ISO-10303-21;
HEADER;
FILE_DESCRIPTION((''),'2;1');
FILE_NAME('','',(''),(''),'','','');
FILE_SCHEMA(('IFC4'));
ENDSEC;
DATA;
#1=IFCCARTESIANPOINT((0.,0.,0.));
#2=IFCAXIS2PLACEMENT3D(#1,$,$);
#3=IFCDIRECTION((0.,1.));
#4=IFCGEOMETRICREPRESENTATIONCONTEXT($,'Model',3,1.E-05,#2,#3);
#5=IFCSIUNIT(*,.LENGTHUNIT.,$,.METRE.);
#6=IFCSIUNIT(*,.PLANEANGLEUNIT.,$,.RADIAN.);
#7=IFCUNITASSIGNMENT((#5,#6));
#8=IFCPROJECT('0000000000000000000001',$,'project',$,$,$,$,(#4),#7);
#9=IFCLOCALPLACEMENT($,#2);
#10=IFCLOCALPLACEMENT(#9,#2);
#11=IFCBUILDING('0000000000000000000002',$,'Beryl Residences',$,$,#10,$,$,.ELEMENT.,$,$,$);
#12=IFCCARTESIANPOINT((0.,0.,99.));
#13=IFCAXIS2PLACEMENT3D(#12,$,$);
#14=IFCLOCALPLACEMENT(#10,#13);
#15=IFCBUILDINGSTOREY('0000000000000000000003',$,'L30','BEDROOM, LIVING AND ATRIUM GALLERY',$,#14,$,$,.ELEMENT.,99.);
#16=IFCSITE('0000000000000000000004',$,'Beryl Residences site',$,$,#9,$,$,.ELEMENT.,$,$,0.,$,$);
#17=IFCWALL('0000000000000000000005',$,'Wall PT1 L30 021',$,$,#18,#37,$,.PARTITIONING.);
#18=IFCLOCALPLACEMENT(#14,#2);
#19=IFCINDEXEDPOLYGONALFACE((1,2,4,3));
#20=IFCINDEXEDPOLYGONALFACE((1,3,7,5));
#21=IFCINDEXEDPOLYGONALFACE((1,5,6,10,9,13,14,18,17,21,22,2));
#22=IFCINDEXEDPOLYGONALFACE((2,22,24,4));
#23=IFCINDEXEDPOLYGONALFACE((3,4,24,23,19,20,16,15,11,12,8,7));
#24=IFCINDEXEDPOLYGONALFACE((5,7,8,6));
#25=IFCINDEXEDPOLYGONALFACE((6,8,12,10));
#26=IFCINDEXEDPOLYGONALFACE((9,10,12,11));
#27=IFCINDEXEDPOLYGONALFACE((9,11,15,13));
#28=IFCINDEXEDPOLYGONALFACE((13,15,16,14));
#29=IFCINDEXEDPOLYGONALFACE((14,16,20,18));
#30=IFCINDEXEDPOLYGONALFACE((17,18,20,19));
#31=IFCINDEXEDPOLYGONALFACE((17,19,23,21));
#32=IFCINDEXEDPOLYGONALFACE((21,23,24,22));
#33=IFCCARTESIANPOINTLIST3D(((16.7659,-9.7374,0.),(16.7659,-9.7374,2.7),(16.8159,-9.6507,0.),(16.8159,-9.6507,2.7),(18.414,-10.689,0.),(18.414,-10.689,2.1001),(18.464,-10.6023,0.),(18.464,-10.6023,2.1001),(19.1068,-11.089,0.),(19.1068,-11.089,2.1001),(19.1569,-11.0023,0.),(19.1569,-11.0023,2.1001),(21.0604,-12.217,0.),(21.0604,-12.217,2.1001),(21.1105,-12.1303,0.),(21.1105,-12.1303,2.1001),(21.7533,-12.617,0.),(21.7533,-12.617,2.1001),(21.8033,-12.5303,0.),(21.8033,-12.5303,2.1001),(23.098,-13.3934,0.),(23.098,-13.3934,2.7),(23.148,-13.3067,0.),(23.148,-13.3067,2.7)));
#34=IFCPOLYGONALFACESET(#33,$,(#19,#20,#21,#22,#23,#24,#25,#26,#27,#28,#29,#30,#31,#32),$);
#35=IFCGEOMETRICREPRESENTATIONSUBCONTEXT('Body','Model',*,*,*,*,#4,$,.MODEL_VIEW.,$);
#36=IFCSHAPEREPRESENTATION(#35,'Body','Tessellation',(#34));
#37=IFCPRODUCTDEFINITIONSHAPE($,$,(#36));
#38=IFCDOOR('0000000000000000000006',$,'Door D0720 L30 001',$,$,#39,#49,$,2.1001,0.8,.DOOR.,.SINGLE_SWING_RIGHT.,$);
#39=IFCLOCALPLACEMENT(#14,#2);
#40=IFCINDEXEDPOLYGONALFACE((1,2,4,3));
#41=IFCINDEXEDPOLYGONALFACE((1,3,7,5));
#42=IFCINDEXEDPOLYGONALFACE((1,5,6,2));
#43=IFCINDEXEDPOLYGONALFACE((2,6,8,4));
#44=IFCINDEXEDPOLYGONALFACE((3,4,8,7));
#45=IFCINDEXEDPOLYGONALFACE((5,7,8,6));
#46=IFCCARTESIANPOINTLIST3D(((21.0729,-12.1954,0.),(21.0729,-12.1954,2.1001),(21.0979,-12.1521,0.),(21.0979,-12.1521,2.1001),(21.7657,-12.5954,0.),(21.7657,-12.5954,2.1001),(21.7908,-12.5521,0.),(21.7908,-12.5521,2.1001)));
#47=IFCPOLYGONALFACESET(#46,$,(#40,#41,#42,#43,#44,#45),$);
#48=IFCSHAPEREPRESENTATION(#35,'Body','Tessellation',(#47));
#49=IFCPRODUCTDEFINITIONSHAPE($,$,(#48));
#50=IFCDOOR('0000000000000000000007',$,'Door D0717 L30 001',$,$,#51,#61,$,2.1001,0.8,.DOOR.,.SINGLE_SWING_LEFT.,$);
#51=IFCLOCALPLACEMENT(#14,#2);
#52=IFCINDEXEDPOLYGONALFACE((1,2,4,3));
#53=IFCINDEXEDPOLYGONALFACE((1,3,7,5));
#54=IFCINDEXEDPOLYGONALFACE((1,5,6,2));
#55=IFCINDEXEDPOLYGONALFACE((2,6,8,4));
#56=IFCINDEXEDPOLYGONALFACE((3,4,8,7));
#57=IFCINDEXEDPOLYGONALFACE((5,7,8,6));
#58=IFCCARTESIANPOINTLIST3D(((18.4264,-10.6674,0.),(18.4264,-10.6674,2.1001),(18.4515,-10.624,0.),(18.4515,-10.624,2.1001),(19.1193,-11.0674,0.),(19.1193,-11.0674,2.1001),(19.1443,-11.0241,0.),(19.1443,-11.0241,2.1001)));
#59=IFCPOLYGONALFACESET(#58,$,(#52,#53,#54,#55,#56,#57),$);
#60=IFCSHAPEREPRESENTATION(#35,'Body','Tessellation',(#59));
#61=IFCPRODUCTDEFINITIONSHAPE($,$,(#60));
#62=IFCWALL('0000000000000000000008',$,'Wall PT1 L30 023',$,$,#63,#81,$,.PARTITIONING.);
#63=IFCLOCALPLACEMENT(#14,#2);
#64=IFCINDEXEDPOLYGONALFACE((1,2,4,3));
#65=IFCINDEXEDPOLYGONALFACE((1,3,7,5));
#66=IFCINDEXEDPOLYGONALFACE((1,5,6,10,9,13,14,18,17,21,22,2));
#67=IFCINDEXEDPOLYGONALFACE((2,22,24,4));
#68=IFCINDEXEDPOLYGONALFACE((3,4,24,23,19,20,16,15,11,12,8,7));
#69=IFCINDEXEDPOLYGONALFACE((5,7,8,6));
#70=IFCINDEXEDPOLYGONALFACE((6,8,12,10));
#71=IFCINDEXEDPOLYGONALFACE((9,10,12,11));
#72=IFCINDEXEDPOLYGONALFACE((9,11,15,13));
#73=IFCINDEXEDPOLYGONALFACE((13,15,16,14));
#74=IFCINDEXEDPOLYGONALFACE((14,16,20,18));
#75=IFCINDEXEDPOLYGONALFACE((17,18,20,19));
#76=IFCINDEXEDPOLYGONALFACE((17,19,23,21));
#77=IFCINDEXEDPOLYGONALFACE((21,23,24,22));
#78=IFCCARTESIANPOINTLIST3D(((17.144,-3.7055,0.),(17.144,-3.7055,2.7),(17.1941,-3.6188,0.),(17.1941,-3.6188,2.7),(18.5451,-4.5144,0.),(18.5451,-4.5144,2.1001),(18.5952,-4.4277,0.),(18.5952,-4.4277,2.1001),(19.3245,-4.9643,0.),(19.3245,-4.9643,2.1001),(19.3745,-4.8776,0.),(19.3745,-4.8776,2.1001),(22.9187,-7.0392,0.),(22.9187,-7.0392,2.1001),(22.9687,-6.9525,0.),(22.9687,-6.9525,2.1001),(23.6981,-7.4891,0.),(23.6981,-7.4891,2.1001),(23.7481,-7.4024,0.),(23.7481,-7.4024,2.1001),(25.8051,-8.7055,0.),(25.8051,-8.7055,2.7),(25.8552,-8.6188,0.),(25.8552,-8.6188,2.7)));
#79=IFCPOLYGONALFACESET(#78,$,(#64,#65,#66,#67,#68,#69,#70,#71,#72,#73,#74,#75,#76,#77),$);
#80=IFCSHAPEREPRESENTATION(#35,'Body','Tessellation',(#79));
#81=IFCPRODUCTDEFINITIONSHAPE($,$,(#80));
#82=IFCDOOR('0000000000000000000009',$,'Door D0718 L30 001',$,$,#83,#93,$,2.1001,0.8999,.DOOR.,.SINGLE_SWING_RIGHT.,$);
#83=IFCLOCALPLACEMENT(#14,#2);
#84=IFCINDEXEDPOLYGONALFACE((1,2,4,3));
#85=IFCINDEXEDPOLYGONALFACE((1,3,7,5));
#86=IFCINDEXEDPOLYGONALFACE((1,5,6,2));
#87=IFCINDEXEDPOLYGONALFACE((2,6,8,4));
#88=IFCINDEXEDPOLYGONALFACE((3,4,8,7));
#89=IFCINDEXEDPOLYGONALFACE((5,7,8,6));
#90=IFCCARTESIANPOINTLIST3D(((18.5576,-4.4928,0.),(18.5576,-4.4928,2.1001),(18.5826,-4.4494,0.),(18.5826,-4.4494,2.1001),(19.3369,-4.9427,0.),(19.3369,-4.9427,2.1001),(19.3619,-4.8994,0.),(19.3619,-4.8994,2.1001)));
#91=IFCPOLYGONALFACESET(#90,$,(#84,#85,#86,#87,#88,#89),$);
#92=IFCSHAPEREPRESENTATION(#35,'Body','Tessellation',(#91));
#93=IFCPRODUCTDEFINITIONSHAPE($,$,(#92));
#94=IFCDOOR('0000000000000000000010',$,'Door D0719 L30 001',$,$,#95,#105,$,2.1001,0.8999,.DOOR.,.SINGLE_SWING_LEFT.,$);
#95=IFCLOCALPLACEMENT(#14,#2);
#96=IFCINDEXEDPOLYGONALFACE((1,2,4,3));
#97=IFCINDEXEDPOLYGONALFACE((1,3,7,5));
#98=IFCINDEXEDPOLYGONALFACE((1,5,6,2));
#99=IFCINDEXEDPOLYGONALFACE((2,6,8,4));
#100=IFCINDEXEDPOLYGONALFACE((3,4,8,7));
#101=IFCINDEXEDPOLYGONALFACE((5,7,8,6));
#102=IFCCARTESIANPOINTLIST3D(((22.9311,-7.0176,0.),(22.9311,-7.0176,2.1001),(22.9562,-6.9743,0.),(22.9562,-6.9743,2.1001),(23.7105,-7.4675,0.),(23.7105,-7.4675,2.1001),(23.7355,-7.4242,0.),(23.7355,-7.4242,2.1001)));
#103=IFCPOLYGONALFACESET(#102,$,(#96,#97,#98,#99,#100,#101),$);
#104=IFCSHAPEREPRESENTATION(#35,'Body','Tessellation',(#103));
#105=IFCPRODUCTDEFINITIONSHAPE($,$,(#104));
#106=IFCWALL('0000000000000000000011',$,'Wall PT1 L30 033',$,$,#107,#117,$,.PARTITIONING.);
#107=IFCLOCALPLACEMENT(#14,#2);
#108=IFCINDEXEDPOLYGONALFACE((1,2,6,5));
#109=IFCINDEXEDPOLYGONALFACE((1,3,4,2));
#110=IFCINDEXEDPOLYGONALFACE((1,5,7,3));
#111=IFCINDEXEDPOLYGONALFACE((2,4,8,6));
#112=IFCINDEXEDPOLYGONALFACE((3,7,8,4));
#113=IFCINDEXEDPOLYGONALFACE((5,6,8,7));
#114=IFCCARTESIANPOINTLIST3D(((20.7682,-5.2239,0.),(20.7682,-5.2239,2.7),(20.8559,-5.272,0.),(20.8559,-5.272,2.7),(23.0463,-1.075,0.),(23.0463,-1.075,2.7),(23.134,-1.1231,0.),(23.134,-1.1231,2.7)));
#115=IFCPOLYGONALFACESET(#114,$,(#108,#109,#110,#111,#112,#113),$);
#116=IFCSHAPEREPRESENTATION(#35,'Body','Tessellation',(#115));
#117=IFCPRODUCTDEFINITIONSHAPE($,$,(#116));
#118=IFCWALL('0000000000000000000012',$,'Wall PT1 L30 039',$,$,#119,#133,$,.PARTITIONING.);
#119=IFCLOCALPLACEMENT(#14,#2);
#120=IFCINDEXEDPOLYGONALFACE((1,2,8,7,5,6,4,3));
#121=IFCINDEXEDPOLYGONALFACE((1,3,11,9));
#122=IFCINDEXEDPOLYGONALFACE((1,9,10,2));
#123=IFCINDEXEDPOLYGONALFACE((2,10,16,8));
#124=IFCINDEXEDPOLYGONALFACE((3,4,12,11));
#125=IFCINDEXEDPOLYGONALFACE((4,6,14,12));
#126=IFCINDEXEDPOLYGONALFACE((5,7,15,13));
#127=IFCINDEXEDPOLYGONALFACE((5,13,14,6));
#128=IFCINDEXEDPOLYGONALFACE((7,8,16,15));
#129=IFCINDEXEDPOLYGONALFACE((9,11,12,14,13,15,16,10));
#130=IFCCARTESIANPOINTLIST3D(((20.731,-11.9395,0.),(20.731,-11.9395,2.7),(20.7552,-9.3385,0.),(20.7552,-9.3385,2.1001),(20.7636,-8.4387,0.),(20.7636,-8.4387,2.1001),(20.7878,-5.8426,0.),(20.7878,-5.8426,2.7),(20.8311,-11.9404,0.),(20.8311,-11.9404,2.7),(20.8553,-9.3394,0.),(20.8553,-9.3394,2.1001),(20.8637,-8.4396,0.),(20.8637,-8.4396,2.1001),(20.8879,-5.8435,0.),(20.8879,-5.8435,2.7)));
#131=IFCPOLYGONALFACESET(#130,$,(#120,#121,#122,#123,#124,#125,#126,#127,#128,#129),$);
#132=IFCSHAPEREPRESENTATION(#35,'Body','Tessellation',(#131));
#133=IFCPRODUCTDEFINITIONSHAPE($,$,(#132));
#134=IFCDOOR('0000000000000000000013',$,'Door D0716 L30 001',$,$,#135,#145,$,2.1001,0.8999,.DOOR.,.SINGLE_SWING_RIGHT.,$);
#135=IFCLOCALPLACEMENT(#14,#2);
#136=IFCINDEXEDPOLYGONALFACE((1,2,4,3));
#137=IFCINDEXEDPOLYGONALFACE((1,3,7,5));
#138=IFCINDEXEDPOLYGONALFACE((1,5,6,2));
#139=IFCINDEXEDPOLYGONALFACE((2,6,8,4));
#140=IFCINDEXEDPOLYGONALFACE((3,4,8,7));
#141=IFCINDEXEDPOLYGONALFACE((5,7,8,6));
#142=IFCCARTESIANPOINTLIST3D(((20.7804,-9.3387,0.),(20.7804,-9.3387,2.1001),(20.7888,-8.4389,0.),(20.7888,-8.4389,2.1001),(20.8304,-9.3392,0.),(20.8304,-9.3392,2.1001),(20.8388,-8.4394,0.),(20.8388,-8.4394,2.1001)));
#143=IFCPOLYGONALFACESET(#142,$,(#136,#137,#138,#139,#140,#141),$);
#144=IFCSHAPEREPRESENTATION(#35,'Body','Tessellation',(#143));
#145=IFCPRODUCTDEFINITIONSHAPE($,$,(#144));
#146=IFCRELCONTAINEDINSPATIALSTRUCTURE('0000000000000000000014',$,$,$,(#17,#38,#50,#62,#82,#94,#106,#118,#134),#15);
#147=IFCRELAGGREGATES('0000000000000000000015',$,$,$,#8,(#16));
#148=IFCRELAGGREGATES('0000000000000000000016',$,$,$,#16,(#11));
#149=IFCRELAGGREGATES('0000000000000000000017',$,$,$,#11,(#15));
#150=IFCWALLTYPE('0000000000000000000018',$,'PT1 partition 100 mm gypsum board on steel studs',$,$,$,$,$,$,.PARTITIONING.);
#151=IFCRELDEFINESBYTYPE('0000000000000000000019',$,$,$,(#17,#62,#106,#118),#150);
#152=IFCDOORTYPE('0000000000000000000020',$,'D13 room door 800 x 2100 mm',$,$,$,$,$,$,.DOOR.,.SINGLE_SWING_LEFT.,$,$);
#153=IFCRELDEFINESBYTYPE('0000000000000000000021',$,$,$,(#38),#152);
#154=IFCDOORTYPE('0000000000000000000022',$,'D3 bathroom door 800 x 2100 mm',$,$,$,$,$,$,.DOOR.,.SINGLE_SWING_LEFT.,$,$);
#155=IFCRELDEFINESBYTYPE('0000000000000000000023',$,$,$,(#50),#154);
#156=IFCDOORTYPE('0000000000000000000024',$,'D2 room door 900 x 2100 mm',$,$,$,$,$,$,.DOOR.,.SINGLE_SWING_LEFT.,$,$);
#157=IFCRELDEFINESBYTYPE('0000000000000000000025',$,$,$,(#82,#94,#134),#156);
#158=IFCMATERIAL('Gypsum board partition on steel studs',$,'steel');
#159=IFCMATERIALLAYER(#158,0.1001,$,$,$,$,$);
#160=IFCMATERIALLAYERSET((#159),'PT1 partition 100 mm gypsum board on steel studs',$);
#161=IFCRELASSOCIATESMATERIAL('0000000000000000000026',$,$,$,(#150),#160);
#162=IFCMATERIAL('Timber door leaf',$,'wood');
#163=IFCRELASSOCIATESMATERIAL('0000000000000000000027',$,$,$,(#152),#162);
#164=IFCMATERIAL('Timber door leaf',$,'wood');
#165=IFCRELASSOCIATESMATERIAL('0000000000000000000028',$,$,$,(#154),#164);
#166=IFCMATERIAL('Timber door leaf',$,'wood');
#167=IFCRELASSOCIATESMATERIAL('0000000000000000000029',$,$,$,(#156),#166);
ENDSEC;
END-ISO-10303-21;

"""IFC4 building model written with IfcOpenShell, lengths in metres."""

from ifc_helpers import new_model, si_unit, direction, frame, frame_2d, origin, place, context, subcontext, project, spatial, rectangle, extrude, material, layer, layer_set, type_object, element, fill, save


model = new_model("IFC4")

# Units and contexts
model_context = context("Model", 3, precision=1e-05, world=origin(), true_north=direction((0.0, 1.0)))
body_context = subcontext(model_context, "Body", "Model", "MODEL_VIEW")
ifc_project = project(units=[si_unit("LENGTHUNIT", "METRE"), si_unit("PLANEANGLEUNIT", "RADIAN")], contexts=[model_context])

# Site, building, storey
site_placement = place(None, origin())
site = spatial("IfcSite", under=ifc_project, at=site_placement, Name="Beryl Residences site", CompositionType="ELEMENT", RefElevation=0.0)
building_placement = place(site_placement, origin())
building = spatial("IfcBuilding", under=site, at=building_placement, Name="Beryl Residences", CompositionType="ELEMENT")
storey_placement = place(building_placement, frame((0.0, 0.0, 99.0)))
storey = spatial("IfcBuildingStorey", under=building, at=storey_placement, Name="L30", Description="BEDROOM, LIVING AND ATRIUM GALLERY", CompositionType="ELEMENT", Elevation=99.0)

# Shared definitions
ifc_material_1 = material(Name="Gypsum board partition on steel studs", Category="steel")
ifc_layer_1 = layer(ifc_material_1, 0.1001)
ifc_layer_set_1 = layer_set([ifc_layer_1], Name="PT1 partition 100 mm gypsum board on steel studs")
wall_type_1 = type_object("IfcWallType", Name="PT1 partition 100 mm gypsum board on steel studs", PredefinedType="PARTITIONING", material=ifc_layer_set_1)

# Walls, openings, doors
wall_1_placement = place(storey_placement, frame((16.791, -9.6941, 0.0), z_axis=(0.0, 0.0, 1.0), x_axis=(0.866013, -0.500021, 0.0)))
wall_1 = element("IfcWall", 1, at=wall_1_placement, inside=storey, type_object=wall_type_1, Name="Wall PT1 L30 021", PredefinedType="PARTITIONING", context=body_context, shape_type="SweptSolid", body=[
    extrude(rectangle(XDim=7.3118, YDim=0.1001, at=frame_2d((3.6558, 0.0))), origin(), (0.0, 0.0, 1.0), 2.7),
])
opening_1_placement = place(wall_1_placement, frame((1.9031, 0.0, 0.0)))
opening_1 = element("IfcOpeningElement", 2, at=opening_1_placement, cuts=wall_1, PredefinedType="OPENING", context=body_context, shape_type="SweptSolid", body=[
    extrude(rectangle(XDim=0.8, YDim=2.1001, at=frame_2d((0.3999, 1.05))), frame((0.0, 0.0601, 0.0), z_axis=(0.0, -1.0, 0.0), x_axis=(1.0, 0.0, 0.0)), (0.0, 0.0, 1.0), 0.1201),
])
opening_2_placement = place(wall_1_placement, frame((4.959, 0.0, 0.0)))
opening_2 = element("IfcOpeningElement", 3, at=opening_2_placement, cuts=wall_1, PredefinedType="OPENING", context=body_context, shape_type="SweptSolid", body=[
    extrude(rectangle(XDim=0.8, YDim=2.1001, at=frame_2d((0.3999, 1.05))), frame((0.0, 0.0601, 0.0), z_axis=(0.0, -1.0, 0.0), x_axis=(1.0, 0.0, 0.0)), (0.0, 0.0, 1.0), 0.1201),
])
ifc_material_2 = material(Name="Timber door leaf", Category="wood")
door_type_1 = type_object("IfcDoorType", Name="D13 room door 800 x 2100 mm", OperationType="SINGLE_SWING_LEFT", PredefinedType="DOOR", material=ifc_material_2)
door_1_placement = place(opening_2_placement, origin())
door_1 = element("IfcDoor", 4, at=door_1_placement, inside=storey, type_object=door_type_1, Name="Door D0720 L30 001", OperationType="SINGLE_SWING_RIGHT", OverallHeight=2.1001, OverallWidth=0.8, PredefinedType="DOOR", context=body_context, shape_type="SweptSolid", body=[
    extrude(rectangle(XDim=0.8, YDim=2.1001, at=frame_2d((0.3999, 1.05))), frame((0.0, 0.0249, 0.0), z_axis=(0.0, -1.0, 0.0), x_axis=(1.0, 0.0, 0.0)), (0.0, 0.0, 1.0), 0.05),
])
fill(opening_2, door_1)
ifc_material_3 = material(Name="Timber door leaf", Category="wood")
door_type_2 = type_object("IfcDoorType", Name="D3 bathroom door 800 x 2100 mm", OperationType="SINGLE_SWING_LEFT", PredefinedType="DOOR", material=ifc_material_3)
door_2_placement = place(opening_1_placement, origin())
door_2 = element("IfcDoor", 5, at=door_2_placement, inside=storey, type_object=door_type_2, Name="Door D0717 L30 001", OperationType="SINGLE_SWING_LEFT", OverallHeight=2.1001, OverallWidth=0.8, PredefinedType="DOOR", context=body_context, shape_type="SweptSolid", body=[
    extrude(rectangle(XDim=0.8, YDim=2.1001, at=frame_2d((0.3999, 1.05))), frame((0.0, 0.0249, 0.0), z_axis=(0.0, -1.0, 0.0), x_axis=(1.0, 0.0, 0.0)), (0.0, 0.0, 1.0), 0.05),
])
fill(opening_1, door_2)
wall_2_placement = place(storey_placement, frame((17.1689, -3.6621, 0.0), z_axis=(0.0, 0.0, 1.0), x_axis=(0.866047, -0.499962, 0.0)))
wall_2 = element("IfcWall", 6, at=wall_2_placement, inside=storey, type_object=wall_type_1, Name="Wall PT1 L30 023", PredefinedType="PARTITIONING", context=body_context, shape_type="SweptSolid", body=[
    extrude(rectangle(XDim=10.0007, YDim=0.1001, at=frame_2d((5.0005, 0.0))), origin(), (0.0, 0.0, 1.0), 2.7),
])
opening_3_placement = place(wall_2_placement, frame((1.6179, 0.0, 0.0)))
opening_3 = element("IfcOpeningElement", 7, at=opening_3_placement, cuts=wall_2, PredefinedType="OPENING", context=body_context, shape_type="SweptSolid", body=[
    extrude(rectangle(XDim=0.8999, YDim=2.1001, at=frame_2d((0.45, 1.05))), frame((0.0, 0.0601, 0.0), z_axis=(0.0, -1.0, 0.0), x_axis=(1.0, 0.0, 0.0)), (0.0, 0.0, 1.0), 0.1201),
])
opening_4_placement = place(wall_2_placement, frame((6.668, 0.0, 0.0)))
opening_4 = element("IfcOpeningElement", 8, at=opening_4_placement, cuts=wall_2, PredefinedType="OPENING", context=body_context, shape_type="SweptSolid", body=[
    extrude(rectangle(XDim=0.8999, YDim=2.1001, at=frame_2d((0.45, 1.05))), frame((0.0, 0.0601, 0.0), z_axis=(0.0, -1.0, 0.0), x_axis=(1.0, 0.0, 0.0)), (0.0, 0.0, 1.0), 0.1201),
])
ifc_material_4 = material(Name="Timber door leaf", Category="wood")
door_type_3 = type_object("IfcDoorType", Name="D2 room door 900 x 2100 mm", OperationType="SINGLE_SWING_LEFT", PredefinedType="DOOR", material=ifc_material_4)
door_3_placement = place(opening_3_placement, origin())
door_3 = element("IfcDoor", 9, at=door_3_placement, inside=storey, type_object=door_type_3, Name="Door D0718 L30 001", OperationType="SINGLE_SWING_RIGHT", OverallHeight=2.1001, OverallWidth=0.8999, PredefinedType="DOOR", context=body_context, shape_type="SweptSolid", body=[
    extrude(rectangle(XDim=0.8999, YDim=2.1001, at=frame_2d((0.45, 1.05))), frame((0.0, 0.0249, 0.0), z_axis=(0.0, -1.0, 0.0), x_axis=(1.0, 0.0, 0.0)), (0.0, 0.0, 1.0), 0.05),
])
fill(opening_3, door_3)
door_4_placement = place(opening_4_placement, origin())
door_4 = element("IfcDoor", 10, at=door_4_placement, inside=storey, type_object=door_type_3, Name="Door D0719 L30 001", OperationType="SINGLE_SWING_LEFT", OverallHeight=2.1001, OverallWidth=0.8999, PredefinedType="DOOR", context=body_context, shape_type="SweptSolid", body=[
    extrude(rectangle(XDim=0.8999, YDim=2.1001, at=frame_2d((0.45, 1.05))), frame((0.0, 0.0249, 0.0), z_axis=(0.0, -1.0, 0.0), x_axis=(1.0, 0.0, 0.0)), (0.0, 0.0, 1.0), 0.05),
])
fill(opening_4, door_4)

# Wall
wall_3_placement = place(storey_placement, frame((20.812, -5.248, 0.0), z_axis=(0.0, 0.0, 1.0), x_axis=(0.481297, 0.876558, 0.0)))
element("IfcWall", 11, at=wall_3_placement, inside=storey, type_object=wall_type_1, Name="Wall PT1 L30 033", PredefinedType="PARTITIONING", context=body_context, shape_type="SweptSolid", body=[
    extrude(rectangle(XDim=4.7332, YDim=0.1001, at=frame_2d((2.3667, 0.0))), origin(), (0.0, 0.0, 1.0), 2.7),
])

# Wall, opening, door
wall_4_placement = place(storey_placement, frame((20.781, -11.9399, 0.0), z_axis=(0.0, 0.0, 1.0), x_axis=(0.00933, 0.999956, 0.0)))
wall_4 = element("IfcWall", 12, at=wall_4_placement, inside=storey, type_object=wall_type_1, Name="Wall PT1 L30 039", PredefinedType="PARTITIONING", context=body_context, shape_type="SweptSolid", body=[
    extrude(rectangle(XDim=6.0972, YDim=0.1001, at=frame_2d((3.0486, 0.0))), origin(), (0.0, 0.0, 1.0), 2.7),
])
opening_5_placement = place(wall_4_placement, frame((2.6011, 0.0, 0.0)))
opening_5 = element("IfcOpeningElement", 13, at=opening_5_placement, cuts=wall_4, PredefinedType="OPENING", context=body_context, shape_type="SweptSolid", body=[
    extrude(rectangle(XDim=0.8999, YDim=2.1001, at=frame_2d((0.45, 1.05))), frame((0.0, 0.0601, 0.0), z_axis=(0.0, -1.0, 0.0), x_axis=(1.0, 0.0, 0.0)), (0.0, 0.0, 1.0), 0.1201),
])
door_5_placement = place(opening_5_placement, origin())
door_5 = element("IfcDoor", 14, at=door_5_placement, inside=storey, type_object=door_type_3, Name="Door D0716 L30 001", OperationType="SINGLE_SWING_RIGHT", OverallHeight=2.1001, OverallWidth=0.8999, PredefinedType="DOOR", context=body_context, shape_type="SweptSolid", body=[
    extrude(rectangle(XDim=0.8999, YDim=2.1001, at=frame_2d((0.45, 1.05))), frame((0.0, 0.0249, 0.0), z_axis=(0.0, -1.0, 0.0), x_axis=(1.0, 0.0, 0.0)), (0.0, 0.0, 1.0), 0.05),
])
fill(opening_5, door_5)

save(model, "model.ifc")
